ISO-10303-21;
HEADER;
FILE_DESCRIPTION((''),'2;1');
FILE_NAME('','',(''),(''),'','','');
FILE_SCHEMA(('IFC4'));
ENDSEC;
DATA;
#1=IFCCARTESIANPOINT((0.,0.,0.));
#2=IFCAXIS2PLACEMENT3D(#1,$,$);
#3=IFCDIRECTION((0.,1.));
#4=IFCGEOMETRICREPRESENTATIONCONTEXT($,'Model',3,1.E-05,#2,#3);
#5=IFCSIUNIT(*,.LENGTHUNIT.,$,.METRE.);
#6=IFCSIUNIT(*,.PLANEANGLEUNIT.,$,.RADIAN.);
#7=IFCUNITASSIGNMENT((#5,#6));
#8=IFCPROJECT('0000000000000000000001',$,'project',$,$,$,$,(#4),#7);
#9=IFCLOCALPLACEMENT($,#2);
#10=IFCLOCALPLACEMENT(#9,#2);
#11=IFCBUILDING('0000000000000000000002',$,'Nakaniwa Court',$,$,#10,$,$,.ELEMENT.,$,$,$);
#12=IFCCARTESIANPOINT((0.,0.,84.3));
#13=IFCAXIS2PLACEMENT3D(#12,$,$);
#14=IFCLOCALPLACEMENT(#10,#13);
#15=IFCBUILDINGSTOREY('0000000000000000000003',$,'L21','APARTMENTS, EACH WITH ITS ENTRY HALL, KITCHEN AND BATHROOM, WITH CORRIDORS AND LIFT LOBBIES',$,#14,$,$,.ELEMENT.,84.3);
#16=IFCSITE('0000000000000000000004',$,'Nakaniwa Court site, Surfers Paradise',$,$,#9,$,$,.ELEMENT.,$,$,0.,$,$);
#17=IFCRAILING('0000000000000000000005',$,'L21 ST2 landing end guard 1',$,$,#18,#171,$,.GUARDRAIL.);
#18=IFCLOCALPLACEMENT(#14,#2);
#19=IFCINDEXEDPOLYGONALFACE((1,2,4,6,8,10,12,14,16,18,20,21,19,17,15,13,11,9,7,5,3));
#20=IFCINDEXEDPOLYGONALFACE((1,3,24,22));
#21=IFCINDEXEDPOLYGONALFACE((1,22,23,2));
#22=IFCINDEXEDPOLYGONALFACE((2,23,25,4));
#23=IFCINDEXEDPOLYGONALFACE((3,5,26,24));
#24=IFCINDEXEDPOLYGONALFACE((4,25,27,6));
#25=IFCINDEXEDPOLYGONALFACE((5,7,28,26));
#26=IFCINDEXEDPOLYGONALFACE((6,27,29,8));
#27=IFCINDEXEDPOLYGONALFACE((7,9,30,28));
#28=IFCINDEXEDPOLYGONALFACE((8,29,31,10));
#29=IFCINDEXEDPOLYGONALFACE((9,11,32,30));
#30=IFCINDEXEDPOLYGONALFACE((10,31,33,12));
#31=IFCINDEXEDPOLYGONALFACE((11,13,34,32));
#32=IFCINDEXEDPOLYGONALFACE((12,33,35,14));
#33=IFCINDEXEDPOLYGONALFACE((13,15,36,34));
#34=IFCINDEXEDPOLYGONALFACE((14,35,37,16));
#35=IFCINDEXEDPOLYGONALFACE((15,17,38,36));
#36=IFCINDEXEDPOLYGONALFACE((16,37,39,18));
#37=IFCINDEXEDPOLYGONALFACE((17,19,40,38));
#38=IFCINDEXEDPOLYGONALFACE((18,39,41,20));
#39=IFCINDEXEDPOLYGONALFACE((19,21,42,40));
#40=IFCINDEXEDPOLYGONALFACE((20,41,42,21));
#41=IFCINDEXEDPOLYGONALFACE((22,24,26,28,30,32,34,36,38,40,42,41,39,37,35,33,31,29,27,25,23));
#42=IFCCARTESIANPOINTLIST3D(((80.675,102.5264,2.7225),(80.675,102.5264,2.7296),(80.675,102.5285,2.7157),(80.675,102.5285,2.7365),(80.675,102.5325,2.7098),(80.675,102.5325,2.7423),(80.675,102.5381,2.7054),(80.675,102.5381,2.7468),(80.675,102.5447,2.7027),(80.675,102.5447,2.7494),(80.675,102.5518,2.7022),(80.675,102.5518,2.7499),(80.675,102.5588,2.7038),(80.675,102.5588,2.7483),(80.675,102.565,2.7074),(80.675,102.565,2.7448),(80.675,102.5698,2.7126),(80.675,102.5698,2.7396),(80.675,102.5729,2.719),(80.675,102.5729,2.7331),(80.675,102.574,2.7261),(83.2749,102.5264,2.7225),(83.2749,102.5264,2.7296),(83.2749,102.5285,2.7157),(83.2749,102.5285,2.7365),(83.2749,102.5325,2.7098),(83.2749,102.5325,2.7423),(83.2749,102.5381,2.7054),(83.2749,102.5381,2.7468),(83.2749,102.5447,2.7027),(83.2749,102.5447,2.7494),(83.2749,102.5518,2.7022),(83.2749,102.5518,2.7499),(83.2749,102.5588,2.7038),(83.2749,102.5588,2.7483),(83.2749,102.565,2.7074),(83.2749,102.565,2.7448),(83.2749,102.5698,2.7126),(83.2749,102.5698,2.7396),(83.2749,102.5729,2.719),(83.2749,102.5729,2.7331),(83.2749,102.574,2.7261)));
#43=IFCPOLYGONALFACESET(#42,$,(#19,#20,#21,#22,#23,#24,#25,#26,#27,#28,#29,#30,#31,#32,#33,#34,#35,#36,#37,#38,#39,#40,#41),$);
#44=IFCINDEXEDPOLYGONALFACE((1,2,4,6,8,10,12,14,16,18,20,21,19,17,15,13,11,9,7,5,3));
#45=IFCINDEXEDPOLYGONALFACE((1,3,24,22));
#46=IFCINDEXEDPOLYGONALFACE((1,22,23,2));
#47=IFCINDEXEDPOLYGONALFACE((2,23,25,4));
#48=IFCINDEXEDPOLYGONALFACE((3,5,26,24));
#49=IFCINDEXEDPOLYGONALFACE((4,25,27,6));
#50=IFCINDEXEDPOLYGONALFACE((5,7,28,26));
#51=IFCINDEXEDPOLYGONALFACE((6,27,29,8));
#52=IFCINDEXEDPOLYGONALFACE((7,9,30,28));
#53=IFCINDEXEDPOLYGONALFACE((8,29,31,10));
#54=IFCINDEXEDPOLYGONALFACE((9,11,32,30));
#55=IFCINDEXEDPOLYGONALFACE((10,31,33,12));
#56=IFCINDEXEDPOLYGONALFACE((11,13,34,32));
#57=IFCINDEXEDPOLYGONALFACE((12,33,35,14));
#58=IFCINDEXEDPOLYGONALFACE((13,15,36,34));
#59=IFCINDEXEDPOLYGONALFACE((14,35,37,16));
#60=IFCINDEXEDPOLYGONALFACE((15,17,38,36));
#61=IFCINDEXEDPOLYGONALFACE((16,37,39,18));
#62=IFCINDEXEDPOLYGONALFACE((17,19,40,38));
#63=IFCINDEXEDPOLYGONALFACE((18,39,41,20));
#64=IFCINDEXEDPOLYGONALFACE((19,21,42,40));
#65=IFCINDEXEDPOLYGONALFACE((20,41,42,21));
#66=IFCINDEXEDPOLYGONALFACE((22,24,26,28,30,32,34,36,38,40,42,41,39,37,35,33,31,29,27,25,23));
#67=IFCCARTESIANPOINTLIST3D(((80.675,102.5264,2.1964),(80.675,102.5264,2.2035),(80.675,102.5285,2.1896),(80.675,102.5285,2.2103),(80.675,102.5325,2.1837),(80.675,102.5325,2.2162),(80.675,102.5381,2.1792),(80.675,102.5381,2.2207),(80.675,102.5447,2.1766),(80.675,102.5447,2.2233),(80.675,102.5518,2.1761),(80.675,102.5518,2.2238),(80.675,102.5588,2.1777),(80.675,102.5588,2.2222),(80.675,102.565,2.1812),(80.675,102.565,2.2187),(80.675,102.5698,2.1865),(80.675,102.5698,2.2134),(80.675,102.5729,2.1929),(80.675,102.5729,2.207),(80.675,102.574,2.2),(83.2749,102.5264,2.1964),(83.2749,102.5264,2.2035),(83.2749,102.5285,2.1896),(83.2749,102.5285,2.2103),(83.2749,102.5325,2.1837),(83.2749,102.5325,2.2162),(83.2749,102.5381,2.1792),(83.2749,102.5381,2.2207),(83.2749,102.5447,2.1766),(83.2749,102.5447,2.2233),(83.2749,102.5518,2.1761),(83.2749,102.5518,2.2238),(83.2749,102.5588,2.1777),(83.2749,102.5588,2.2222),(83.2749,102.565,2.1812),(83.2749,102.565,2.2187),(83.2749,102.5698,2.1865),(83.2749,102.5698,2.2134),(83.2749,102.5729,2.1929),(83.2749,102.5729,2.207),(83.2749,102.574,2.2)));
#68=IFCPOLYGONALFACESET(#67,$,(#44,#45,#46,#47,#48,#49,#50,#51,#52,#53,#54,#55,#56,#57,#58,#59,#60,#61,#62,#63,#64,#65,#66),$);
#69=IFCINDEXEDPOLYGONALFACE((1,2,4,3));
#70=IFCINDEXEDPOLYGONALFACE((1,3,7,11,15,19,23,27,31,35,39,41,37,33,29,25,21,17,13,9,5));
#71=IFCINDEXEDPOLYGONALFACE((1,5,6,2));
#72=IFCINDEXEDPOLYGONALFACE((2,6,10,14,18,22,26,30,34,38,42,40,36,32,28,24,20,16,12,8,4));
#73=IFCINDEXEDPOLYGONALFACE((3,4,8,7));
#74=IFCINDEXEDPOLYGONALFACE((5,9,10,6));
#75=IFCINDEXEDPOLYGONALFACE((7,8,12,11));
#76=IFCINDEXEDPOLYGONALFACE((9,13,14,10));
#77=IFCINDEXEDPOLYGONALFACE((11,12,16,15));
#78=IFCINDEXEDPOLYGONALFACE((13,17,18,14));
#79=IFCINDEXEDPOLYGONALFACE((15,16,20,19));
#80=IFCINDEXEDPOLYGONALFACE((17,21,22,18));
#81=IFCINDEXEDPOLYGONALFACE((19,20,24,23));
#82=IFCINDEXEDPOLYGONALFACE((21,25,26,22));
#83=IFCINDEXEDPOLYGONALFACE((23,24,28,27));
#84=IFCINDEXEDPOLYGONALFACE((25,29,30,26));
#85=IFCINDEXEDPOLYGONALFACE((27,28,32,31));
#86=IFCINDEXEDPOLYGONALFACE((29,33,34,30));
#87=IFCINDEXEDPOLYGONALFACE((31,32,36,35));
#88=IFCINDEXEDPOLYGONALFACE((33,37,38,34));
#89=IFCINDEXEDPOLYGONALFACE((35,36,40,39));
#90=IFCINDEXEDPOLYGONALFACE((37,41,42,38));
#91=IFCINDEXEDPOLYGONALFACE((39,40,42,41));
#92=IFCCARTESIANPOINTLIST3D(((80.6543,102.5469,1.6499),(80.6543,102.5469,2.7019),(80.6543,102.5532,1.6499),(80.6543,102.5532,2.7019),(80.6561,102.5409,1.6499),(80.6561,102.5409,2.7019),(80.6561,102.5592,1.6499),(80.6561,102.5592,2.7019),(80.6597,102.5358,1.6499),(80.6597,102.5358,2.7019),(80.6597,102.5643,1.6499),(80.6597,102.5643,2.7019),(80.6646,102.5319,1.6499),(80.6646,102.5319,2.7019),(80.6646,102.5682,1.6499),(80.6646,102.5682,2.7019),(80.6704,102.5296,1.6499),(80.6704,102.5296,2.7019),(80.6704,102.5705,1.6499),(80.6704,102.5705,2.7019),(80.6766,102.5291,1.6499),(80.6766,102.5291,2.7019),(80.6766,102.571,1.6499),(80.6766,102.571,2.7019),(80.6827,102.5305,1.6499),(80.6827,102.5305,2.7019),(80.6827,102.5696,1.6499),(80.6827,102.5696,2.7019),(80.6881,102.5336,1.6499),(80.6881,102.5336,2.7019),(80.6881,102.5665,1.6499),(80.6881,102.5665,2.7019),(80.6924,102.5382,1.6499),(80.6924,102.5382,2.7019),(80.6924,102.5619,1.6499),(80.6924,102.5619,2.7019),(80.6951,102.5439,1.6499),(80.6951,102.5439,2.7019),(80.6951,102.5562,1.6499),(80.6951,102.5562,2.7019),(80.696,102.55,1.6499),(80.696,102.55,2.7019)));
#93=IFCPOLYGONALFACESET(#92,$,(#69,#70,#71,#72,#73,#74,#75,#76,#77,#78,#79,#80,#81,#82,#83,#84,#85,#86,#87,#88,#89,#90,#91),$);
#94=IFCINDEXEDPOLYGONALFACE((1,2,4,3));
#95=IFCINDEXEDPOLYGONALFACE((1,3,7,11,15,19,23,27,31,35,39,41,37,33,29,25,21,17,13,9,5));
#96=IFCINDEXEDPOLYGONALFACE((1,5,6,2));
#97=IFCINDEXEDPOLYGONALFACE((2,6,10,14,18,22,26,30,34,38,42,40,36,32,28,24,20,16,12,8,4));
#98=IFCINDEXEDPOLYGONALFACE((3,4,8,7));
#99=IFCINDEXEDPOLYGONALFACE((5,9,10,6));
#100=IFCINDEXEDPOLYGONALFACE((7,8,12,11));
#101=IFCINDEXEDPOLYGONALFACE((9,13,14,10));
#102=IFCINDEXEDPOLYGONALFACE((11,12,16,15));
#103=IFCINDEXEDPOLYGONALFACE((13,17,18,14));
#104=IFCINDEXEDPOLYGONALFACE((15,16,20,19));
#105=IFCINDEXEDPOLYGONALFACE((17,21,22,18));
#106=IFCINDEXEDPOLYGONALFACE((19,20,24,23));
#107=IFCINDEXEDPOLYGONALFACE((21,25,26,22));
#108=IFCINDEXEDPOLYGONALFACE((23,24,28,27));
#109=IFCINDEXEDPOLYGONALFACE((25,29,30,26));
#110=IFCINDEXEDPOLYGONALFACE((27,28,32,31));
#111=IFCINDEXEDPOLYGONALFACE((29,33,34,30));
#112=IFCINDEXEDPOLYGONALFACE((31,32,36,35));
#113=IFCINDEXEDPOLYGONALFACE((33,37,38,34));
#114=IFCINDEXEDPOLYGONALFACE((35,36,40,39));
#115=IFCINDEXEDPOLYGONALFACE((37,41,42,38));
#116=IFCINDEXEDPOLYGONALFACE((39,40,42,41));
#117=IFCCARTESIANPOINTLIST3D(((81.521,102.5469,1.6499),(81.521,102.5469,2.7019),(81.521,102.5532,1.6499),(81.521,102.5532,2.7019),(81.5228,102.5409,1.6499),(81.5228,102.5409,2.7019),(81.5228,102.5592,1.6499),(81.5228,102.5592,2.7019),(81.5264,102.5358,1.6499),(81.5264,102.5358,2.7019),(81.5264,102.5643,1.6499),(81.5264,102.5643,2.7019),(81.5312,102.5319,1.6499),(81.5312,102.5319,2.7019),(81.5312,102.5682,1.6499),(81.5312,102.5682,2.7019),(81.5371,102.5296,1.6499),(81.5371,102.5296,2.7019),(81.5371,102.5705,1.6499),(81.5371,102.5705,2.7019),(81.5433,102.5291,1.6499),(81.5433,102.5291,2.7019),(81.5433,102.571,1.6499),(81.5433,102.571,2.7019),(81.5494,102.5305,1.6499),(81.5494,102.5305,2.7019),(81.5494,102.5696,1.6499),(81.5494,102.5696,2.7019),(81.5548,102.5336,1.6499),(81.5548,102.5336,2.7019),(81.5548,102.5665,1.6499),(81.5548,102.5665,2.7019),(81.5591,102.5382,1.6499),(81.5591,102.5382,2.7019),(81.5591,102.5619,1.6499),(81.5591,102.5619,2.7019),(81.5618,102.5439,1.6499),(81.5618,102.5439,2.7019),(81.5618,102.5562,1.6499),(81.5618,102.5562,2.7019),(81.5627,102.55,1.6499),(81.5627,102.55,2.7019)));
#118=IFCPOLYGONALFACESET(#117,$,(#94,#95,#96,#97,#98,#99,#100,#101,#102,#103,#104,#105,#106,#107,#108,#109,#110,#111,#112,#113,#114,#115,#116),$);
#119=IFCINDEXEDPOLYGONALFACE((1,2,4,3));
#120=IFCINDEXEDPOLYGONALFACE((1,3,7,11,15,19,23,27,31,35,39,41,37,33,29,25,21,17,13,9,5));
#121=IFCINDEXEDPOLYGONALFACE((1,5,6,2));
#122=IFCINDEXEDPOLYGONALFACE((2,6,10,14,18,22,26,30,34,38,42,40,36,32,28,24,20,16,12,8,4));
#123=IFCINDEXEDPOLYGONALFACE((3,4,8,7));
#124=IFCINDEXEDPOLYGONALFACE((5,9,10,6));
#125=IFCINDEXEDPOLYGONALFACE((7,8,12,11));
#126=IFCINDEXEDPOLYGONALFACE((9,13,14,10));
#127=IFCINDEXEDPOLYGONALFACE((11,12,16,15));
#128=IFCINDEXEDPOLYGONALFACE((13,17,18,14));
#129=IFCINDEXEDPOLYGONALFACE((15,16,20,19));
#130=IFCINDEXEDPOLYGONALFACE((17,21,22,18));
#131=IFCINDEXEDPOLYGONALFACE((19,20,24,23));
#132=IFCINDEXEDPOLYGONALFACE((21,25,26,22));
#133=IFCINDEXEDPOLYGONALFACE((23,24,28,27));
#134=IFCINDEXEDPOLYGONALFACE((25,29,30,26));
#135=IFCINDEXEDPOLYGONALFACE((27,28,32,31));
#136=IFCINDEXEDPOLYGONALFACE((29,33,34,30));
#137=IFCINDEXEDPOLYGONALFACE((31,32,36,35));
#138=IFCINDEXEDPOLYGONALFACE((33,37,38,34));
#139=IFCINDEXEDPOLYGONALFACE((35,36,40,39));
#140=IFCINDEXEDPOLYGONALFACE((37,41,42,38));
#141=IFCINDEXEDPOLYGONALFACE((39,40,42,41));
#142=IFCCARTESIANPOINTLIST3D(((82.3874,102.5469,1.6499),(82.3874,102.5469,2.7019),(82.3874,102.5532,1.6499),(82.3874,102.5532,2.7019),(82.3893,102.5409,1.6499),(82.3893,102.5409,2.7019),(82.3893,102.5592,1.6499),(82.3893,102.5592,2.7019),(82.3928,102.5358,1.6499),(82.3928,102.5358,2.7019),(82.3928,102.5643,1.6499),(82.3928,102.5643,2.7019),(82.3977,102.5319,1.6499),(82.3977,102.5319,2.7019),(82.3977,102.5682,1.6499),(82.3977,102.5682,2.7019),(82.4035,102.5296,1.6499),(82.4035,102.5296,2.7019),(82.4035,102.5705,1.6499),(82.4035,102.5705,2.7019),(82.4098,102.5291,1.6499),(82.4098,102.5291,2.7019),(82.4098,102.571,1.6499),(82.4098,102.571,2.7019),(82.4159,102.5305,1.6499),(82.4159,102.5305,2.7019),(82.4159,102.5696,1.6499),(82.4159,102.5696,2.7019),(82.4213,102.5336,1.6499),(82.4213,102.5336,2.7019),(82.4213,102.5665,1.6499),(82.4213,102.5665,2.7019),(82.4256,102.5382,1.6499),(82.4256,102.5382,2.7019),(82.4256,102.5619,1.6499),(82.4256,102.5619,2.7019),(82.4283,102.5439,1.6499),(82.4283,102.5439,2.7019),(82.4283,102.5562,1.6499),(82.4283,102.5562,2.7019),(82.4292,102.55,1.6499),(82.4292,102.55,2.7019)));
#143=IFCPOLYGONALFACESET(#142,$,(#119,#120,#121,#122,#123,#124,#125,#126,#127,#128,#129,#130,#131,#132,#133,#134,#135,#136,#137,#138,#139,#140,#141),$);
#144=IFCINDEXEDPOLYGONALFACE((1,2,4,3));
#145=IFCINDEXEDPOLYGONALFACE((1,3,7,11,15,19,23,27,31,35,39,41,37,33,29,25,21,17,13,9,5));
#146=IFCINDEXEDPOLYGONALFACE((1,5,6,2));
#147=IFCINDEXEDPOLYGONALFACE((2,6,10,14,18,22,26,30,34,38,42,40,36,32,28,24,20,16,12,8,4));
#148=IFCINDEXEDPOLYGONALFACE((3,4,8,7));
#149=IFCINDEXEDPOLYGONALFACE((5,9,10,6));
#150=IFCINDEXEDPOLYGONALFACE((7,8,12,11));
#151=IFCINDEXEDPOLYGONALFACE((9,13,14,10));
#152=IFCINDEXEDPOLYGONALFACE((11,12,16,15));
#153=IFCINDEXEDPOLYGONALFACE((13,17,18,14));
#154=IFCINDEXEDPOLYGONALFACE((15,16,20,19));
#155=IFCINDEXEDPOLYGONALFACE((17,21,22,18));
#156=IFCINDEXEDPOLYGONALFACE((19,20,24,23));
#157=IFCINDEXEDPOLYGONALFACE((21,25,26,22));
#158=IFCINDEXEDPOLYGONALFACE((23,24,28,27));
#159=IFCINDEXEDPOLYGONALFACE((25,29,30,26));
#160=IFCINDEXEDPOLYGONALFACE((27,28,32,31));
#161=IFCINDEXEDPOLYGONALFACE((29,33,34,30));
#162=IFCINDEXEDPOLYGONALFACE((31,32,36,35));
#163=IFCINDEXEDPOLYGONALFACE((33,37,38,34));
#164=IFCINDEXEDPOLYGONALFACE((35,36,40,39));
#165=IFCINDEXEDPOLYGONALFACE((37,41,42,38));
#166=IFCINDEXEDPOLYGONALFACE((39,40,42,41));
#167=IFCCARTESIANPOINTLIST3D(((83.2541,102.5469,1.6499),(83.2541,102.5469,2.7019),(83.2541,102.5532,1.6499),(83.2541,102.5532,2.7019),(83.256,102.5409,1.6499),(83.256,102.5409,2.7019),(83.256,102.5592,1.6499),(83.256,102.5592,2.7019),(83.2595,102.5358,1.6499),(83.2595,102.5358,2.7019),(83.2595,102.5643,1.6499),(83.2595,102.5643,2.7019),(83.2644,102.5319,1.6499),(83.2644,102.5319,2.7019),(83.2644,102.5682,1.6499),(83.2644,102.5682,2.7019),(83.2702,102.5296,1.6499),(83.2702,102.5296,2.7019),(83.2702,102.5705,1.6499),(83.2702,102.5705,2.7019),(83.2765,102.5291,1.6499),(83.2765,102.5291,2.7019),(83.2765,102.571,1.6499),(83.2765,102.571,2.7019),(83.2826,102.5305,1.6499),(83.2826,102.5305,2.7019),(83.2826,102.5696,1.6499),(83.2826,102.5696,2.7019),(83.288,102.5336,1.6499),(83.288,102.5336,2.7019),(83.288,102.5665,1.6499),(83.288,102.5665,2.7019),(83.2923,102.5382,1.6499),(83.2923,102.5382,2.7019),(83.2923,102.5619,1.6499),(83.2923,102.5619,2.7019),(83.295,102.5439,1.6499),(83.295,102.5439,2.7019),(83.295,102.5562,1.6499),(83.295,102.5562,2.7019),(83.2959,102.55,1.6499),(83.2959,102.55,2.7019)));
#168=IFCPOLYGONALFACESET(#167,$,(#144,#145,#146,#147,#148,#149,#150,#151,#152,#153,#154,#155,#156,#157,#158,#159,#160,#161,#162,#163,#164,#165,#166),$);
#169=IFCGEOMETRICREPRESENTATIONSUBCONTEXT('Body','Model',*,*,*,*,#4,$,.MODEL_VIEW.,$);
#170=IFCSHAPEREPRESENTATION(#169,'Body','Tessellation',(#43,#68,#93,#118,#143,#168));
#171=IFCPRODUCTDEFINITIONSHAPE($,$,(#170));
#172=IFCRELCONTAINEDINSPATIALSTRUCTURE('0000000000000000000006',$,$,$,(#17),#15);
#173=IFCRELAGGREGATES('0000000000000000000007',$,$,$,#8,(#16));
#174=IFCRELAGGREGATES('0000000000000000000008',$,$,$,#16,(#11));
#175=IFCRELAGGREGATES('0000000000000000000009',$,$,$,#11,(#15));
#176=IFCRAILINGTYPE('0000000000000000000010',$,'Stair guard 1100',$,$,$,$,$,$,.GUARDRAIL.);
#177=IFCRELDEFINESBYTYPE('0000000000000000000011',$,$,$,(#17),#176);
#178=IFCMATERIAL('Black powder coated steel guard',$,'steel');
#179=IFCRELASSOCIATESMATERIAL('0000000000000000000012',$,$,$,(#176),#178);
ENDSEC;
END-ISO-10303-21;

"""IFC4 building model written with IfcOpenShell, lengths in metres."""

from ifc_helpers import new_model, si_unit, direction, frame, origin, origin_2d, place, context, subcontext, project, spatial, circle, extrude, material, type_object, element, save


model = new_model("IFC4")

# Units and contexts
model_context = context("Model", 3, precision=1e-05, world=origin(), true_north=direction((0.0, 1.0)))
body_context = subcontext(model_context, "Body", "Model", "MODEL_VIEW")
ifc_project = project(units=[si_unit("LENGTHUNIT", "METRE"), si_unit("PLANEANGLEUNIT", "RADIAN")], contexts=[model_context])

# Site, building, storey
site_placement = place(None, origin())
site = spatial("IfcSite", under=ifc_project, at=site_placement, Name="Nakaniwa Court site, Surfers Paradise", CompositionType="ELEMENT", RefElevation=0.0)
building_placement = place(site_placement, origin())
building = spatial("IfcBuilding", under=site, at=building_placement, Name="Nakaniwa Court", CompositionType="ELEMENT")
storey_placement = place(building_placement, frame((0.0, 0.0, 84.3)))
storey = spatial("IfcBuildingStorey", under=building, at=storey_placement, Name="L21", Description="APARTMENTS, EACH WITH ITS ENTRY HALL, KITCHEN AND BATHROOM, WITH CORRIDORS AND LIFT LOBBIES", CompositionType="ELEMENT", Elevation=84.3)

# Railing
ifc_material_1 = material(Name="Black powder coated steel guard", Category="steel")
railing_type_1 = type_object("IfcRailingType", Name="Stair guard 1100", PredefinedType="GUARDRAIL", material=ifc_material_1)
railing_1_placement = place(storey_placement, frame((80.675, 102.55, 1.6499)))
element("IfcRailing", 1, at=railing_1_placement, inside=storey, type_object=railing_type_1, Name="L21 ST2 landing end guard 1", PredefinedType="GUARDRAIL", context=body_context, shape_type="SweptSolid", body=[
    extrude(circle(Radius=0.0239, at=origin_2d()), frame((0.0, 0.0, 1.0762), z_axis=(1.0, 0.0, 0.0), x_axis=(0.0, 1.0, 0.0)), (0.0, 0.0, 1.0), 2.5999),
    extrude(circle(Radius=0.0239, at=origin_2d()), frame((0.0, 0.0, 0.55), z_axis=(1.0, 0.0, 0.0), x_axis=(0.0, 1.0, 0.0)), (0.0, 0.0, 1.0), 2.5999),
    extrude(circle(Radius=0.021, at=origin_2d()), origin(), (0.0, 0.0, 1.0), 1.052),
    extrude(circle(Radius=0.021, at=origin_2d()), frame((0.8667, 0.0, 0.0)), (0.0, 0.0, 1.0), 1.052),
    extrude(circle(Radius=0.021, at=origin_2d()), frame((1.7332, 0.0, 0.0)), (0.0, 0.0, 1.0), 1.052),
    extrude(circle(Radius=0.021, at=origin_2d()), frame((2.5999, 0.0, 0.0)), (0.0, 0.0, 1.0), 1.052),
])

save(model, "model.ifc")
